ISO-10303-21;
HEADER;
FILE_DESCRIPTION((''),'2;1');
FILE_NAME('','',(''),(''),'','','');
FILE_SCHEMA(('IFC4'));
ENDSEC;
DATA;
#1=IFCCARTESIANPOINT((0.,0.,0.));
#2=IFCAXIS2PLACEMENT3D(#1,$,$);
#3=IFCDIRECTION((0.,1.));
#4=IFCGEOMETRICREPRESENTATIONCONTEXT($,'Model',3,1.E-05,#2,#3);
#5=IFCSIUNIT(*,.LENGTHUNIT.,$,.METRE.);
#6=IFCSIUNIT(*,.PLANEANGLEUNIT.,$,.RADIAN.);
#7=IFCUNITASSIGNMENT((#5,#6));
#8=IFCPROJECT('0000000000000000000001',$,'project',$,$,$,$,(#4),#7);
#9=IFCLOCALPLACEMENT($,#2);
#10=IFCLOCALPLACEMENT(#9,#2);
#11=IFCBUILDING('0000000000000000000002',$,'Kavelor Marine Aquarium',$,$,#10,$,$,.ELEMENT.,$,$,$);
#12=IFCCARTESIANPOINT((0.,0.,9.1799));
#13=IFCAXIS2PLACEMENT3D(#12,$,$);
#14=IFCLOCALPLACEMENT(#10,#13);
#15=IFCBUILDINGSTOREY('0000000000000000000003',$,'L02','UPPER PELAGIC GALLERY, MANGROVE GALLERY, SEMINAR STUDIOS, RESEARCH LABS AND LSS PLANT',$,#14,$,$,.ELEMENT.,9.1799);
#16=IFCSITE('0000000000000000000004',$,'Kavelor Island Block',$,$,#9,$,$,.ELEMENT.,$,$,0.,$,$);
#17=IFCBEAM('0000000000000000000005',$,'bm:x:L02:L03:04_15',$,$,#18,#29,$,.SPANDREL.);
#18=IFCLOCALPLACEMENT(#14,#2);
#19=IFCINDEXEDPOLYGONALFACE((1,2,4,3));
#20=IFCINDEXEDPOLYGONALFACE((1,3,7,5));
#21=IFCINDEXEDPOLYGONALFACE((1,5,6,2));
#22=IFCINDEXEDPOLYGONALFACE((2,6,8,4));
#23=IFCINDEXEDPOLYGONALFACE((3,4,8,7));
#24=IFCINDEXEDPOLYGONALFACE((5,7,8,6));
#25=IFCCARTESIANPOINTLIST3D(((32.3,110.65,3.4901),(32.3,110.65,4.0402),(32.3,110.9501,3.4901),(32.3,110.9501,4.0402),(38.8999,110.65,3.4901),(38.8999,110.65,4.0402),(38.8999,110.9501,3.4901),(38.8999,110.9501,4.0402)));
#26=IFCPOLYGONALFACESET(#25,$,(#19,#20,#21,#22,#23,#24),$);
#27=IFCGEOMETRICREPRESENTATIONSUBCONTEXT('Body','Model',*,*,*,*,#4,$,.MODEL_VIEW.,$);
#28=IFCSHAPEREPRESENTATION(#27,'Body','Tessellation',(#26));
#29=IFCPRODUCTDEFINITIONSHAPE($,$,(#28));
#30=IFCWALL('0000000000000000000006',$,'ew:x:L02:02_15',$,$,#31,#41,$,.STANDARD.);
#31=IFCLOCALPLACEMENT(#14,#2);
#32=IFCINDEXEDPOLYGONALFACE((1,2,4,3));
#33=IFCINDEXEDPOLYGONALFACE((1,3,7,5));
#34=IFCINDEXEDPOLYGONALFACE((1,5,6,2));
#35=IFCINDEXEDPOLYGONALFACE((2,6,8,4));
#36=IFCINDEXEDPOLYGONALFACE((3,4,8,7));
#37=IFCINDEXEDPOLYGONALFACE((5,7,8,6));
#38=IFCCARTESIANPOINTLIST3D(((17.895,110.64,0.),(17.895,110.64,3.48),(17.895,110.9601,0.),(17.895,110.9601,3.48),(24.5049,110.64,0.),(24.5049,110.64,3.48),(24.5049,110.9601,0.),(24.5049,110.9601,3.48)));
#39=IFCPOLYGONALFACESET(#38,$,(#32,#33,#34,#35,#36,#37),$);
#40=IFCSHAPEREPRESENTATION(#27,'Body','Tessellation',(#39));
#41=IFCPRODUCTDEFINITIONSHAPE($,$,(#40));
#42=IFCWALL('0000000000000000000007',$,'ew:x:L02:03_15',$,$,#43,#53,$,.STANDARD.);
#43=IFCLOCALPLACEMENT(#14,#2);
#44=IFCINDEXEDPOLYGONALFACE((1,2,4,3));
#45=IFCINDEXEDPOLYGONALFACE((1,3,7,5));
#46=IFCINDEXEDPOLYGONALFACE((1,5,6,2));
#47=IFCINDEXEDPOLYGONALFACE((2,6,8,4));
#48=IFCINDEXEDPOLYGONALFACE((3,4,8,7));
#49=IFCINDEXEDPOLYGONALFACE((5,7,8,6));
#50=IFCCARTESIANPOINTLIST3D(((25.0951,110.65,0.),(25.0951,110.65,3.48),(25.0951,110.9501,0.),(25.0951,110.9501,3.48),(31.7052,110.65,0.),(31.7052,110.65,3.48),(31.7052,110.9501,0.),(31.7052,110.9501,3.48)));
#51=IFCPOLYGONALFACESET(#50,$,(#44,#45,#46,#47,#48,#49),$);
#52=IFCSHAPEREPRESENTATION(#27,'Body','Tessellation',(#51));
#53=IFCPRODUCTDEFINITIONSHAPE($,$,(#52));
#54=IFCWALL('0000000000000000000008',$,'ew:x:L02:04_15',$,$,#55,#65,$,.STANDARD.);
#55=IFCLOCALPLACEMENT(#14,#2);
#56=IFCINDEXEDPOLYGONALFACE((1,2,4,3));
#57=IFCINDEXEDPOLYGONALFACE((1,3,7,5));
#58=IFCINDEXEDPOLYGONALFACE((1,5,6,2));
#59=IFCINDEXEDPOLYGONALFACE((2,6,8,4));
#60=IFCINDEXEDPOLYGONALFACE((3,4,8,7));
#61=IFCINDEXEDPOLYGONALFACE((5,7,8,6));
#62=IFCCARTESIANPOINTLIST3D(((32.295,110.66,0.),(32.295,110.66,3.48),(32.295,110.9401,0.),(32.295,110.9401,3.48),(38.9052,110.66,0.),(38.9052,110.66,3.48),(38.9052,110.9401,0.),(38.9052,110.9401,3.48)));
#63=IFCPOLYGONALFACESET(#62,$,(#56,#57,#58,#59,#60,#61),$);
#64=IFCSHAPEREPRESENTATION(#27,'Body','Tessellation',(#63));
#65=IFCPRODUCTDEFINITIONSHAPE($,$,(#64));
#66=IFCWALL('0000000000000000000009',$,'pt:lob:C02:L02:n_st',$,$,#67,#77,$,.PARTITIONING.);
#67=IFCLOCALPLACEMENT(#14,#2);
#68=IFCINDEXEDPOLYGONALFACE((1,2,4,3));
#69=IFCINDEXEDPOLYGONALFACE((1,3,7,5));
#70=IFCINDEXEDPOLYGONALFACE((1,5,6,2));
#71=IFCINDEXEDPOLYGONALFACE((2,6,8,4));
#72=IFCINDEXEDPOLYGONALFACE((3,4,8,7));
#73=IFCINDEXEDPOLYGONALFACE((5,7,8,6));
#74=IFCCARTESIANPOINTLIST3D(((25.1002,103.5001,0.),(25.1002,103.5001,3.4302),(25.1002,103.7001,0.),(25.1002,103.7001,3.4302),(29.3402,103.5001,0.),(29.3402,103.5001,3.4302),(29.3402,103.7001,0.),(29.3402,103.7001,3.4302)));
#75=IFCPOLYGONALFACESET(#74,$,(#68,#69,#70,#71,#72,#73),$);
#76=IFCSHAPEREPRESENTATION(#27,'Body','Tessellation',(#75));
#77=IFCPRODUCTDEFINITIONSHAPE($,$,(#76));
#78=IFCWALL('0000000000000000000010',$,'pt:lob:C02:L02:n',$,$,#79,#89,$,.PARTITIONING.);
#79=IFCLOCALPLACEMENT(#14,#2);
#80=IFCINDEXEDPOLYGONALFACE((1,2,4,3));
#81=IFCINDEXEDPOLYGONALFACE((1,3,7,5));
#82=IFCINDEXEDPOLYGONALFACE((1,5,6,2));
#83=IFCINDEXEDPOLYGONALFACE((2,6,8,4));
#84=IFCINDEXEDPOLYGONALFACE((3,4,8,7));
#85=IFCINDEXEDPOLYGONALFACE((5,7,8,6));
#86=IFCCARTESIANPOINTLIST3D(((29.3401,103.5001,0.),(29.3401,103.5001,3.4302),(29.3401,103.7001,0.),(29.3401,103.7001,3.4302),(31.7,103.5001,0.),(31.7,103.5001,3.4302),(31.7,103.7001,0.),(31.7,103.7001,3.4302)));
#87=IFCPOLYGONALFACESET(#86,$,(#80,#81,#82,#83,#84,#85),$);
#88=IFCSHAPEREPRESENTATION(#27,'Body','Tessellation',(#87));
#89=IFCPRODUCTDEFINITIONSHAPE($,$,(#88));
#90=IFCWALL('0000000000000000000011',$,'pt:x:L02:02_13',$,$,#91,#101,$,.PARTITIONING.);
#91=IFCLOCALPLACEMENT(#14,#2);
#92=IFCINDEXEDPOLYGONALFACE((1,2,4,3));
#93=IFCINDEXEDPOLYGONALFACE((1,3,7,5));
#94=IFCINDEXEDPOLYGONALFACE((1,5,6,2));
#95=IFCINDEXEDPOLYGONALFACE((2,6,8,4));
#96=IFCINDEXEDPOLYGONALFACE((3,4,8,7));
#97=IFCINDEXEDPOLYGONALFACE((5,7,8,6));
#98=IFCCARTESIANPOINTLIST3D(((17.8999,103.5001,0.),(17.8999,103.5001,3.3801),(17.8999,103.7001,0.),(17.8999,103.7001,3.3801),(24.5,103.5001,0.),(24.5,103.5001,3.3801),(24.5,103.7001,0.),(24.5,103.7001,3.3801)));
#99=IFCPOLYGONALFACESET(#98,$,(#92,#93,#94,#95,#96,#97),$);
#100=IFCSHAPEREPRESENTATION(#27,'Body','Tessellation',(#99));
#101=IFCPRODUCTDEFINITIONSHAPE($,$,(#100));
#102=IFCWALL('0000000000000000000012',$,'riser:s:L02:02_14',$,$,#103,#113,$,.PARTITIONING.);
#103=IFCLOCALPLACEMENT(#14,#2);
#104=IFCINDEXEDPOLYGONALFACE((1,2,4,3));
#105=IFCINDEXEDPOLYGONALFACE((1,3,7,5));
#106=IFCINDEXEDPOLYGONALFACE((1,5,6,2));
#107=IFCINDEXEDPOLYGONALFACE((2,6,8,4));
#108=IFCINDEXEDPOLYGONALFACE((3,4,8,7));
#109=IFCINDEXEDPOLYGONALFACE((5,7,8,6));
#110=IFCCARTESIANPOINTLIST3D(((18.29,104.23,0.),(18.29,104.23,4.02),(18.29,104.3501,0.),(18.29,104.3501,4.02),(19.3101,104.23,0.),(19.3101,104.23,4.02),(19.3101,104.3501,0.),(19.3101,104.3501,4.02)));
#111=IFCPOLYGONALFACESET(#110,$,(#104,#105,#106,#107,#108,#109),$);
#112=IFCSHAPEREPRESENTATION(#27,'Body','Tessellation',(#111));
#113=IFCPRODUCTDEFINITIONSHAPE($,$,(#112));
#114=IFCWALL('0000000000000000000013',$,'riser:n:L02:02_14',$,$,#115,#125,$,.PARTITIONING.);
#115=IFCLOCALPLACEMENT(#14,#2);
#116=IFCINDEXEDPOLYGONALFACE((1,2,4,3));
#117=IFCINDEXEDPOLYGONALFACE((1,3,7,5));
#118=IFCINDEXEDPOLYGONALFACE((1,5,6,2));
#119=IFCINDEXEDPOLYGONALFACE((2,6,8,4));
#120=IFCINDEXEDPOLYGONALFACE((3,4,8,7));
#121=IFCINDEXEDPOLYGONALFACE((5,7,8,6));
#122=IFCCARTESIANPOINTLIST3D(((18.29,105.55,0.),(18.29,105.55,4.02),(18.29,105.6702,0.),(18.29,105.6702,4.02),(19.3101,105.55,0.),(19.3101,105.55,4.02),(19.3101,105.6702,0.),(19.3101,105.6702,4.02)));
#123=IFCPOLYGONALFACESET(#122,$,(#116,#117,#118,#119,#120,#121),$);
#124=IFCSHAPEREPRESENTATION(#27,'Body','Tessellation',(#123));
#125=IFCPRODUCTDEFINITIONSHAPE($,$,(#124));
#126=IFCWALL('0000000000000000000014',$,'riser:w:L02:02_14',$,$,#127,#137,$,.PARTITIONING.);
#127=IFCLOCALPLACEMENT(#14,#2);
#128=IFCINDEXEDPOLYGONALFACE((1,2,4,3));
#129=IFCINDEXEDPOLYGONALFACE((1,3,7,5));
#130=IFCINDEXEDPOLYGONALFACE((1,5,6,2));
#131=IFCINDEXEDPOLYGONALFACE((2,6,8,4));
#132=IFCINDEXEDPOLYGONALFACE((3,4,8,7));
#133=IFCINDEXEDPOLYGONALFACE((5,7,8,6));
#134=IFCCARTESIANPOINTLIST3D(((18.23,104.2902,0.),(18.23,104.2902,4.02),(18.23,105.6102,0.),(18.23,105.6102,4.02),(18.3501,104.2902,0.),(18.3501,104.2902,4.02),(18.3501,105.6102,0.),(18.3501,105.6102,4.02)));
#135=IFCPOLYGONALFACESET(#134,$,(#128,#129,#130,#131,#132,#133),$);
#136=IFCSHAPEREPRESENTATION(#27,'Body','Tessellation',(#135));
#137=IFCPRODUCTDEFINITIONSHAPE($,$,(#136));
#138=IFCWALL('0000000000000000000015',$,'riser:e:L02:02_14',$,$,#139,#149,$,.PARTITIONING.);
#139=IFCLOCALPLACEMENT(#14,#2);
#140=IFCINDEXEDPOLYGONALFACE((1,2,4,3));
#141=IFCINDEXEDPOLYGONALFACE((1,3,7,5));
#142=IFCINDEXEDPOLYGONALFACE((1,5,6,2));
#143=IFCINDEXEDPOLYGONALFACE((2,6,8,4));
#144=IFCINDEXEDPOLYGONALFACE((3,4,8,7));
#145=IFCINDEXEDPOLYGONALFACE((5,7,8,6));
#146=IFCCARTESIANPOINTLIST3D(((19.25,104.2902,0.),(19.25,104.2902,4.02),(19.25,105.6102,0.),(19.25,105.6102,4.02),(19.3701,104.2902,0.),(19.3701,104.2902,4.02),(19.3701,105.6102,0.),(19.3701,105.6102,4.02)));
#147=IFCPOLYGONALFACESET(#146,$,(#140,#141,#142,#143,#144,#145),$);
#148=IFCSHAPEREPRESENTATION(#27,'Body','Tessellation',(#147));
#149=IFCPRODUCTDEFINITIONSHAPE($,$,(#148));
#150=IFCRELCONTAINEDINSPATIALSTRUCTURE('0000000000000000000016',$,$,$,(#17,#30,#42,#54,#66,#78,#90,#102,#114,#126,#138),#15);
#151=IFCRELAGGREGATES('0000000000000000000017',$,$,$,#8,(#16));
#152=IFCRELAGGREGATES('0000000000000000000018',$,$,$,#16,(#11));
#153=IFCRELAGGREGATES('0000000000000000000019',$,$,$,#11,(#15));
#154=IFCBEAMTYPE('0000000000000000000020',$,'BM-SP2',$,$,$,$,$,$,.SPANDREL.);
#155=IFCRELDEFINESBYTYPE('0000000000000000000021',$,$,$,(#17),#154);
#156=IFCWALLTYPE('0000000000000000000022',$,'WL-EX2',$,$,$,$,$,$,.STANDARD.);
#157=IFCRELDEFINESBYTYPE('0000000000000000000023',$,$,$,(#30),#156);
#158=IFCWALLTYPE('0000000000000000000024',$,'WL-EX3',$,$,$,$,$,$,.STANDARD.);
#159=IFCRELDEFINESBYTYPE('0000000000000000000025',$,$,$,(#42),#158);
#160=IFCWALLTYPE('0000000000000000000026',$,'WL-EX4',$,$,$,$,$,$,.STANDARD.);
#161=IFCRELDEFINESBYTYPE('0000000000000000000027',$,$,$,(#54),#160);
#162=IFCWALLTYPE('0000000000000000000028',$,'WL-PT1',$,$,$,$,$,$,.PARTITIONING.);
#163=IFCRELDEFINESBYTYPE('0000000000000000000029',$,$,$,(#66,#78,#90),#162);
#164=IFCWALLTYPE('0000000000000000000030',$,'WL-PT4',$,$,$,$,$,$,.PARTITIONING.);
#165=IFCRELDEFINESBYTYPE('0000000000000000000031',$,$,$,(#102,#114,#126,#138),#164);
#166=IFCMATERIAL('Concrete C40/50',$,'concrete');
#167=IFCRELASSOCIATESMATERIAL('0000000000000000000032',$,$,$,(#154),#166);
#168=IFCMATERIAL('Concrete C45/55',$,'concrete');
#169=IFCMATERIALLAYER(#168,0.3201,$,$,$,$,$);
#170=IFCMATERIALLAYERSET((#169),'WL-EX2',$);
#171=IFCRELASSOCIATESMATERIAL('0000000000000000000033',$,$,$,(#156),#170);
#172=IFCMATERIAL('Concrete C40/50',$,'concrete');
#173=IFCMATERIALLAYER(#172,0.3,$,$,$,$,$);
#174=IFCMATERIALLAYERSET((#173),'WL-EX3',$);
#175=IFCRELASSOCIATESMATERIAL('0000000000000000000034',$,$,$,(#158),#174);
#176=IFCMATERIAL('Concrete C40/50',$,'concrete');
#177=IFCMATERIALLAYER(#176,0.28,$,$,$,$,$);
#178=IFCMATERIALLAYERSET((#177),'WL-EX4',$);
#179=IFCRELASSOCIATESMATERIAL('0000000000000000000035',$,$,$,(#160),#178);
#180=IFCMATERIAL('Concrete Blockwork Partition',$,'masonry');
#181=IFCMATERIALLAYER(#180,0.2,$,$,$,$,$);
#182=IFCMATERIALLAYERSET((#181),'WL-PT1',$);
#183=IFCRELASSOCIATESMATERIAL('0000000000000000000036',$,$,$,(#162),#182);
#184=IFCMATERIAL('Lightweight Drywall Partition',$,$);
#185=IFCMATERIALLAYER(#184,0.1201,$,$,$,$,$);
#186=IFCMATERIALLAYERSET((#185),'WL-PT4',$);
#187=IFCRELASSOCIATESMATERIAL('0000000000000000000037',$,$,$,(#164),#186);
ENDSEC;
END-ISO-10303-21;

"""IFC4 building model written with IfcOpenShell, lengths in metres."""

from ifc_helpers import new_model, si_unit, direction, frame, frame_2d, origin, origin_2d, place, context, subcontext, project, spatial, rectangle, extrude, material, layer, layer_set, material_profile, profile_set, type_object, element, save


model = new_model("IFC4")

# Units and contexts
model_context = context("Model", 3, precision=1e-05, world=origin(), true_north=direction((0.0, 1.0)))
body_context = subcontext(model_context, "Body", "Model", "MODEL_VIEW")
ifc_project = project(units=[si_unit("LENGTHUNIT", "METRE"), si_unit("PLANEANGLEUNIT", "RADIAN")], contexts=[model_context])

# Site, building, storey
site_placement = place(None, origin())
site = spatial("IfcSite", under=ifc_project, at=site_placement, Name="Kavelor Island Block", CompositionType="ELEMENT", RefElevation=0.0)
building_placement = place(site_placement, origin())
building = spatial("IfcBuilding", under=site, at=building_placement, Name="Kavelor Marine Aquarium", CompositionType="ELEMENT")
storey_placement = place(building_placement, frame((0.0, 0.0, 9.1799)))
storey = spatial("IfcBuildingStorey", under=building, at=storey_placement, Name="L02", Description="UPPER PELAGIC GALLERY, MANGROVE GALLERY, SEMINAR STUDIOS, RESEARCH LABS AND LSS PLANT", CompositionType="ELEMENT", Elevation=9.1799)

# Beam
ifc_material_1 = material(Name="Concrete C40/50", Category="concrete")
ifc_material_profile_1 = material_profile(ifc_material_1, rectangle(XDim=0.3, YDim=0.55, at=origin_2d()), Name="RC-SP 300x550")
ifc_profile_set_1 = profile_set([ifc_material_profile_1], Name="Concrete C40/50")
beam_type_1 = type_object("IfcBeamType", Name="BM-SP2", PredefinedType="SPANDREL", material=ifc_profile_set_1)
for number, where, z_axis, x_axis, name in (
    (1, (32.3, 110.8, 3.7651), (1.0, 0.0, 0.0), (0.0, 1.0, 0.0), "bm:x:L02:L03:04_15"),
):
    element("IfcBeam", number, at=place(storey_placement, frame(where, z_axis=z_axis, x_axis=x_axis)), inside=storey, type_object=beam_type_1, Name=name, PredefinedType="SPANDREL", context=body_context, shape_type="SweptSolid", body=[
        extrude(rectangle(XDim=0.3, YDim=0.55, at=origin_2d()), origin(), (0.0, 0.0, 1.0), 6.5999),
    ])

# Walls
ifc_material_2 = material(Name="Concrete C45/55", Category="concrete")
ifc_layer_1 = layer(ifc_material_2, 0.3201)
ifc_layer_set_1 = layer_set([ifc_layer_1], Name="WL-EX2")
wall_type_1 = type_object("IfcWallType", Name="WL-EX2", PredefinedType="STANDARD", material=ifc_layer_set_1)
wall_1_placement = place(storey_placement, frame((17.895, 110.8, 0.0), z_axis=(0.0, 0.0, 1.0), x_axis=(1.0, 0.0, 0.0)))
element("IfcWall", 2, at=wall_1_placement, inside=storey, type_object=wall_type_1, Name="ew:x:L02:02_15", PredefinedType="STANDARD", context=body_context, shape_type="SweptSolid", body=[
    extrude(rectangle(XDim=6.6099, YDim=0.3201, at=frame_2d((3.3049, 0.0))), origin(), (0.0, 0.0, 1.0), 3.48),
])
ifc_material_3 = material(Name="Concrete C40/50", Category="concrete")
ifc_layer_2 = layer(ifc_material_3, 0.3)
ifc_layer_set_2 = layer_set([ifc_layer_2], Name="WL-EX3")
wall_type_2 = type_object("IfcWallType", Name="WL-EX3", PredefinedType="STANDARD", material=ifc_layer_set_2)
wall_2_placement = place(storey_placement, frame((25.095, 110.8, 0.0), z_axis=(0.0, 0.0, 1.0), x_axis=(1.0, 0.0, 0.0)))
element("IfcWall", 3, at=wall_2_placement, inside=storey, type_object=wall_type_2, Name="ew:x:L02:03_15", PredefinedType="STANDARD", context=body_context, shape_type="SweptSolid", body=[
    extrude(rectangle(XDim=6.6101, YDim=0.3, at=frame_2d((3.3052, 0.0))), origin(), (0.0, 0.0, 1.0), 3.48),
])
ifc_material_4 = material(Name="Concrete C40/50", Category="concrete")
ifc_layer_3 = layer(ifc_material_4, 0.28)
ifc_layer_set_3 = layer_set([ifc_layer_3], Name="WL-EX4")
wall_type_3 = type_object("IfcWallType", Name="WL-EX4", PredefinedType="STANDARD", material=ifc_layer_set_3)
wall_3_placement = place(storey_placement, frame((32.2949, 110.8, 0.0), z_axis=(0.0, 0.0, 1.0), x_axis=(1.0, 0.0, 0.0)))
element("IfcWall", 4, at=wall_3_placement, inside=storey, type_object=wall_type_3, Name="ew:x:L02:04_15", PredefinedType="STANDARD", context=body_context, shape_type="SweptSolid", body=[
    extrude(rectangle(XDim=6.6101, YDim=0.28, at=frame_2d((3.3052, 0.0))), origin(), (0.0, 0.0, 1.0), 3.48),
])
ifc_material_5 = material(Name="Concrete Blockwork Partition", Category="masonry")
ifc_layer_4 = layer(ifc_material_5, 0.2)
ifc_layer_set_4 = layer_set([ifc_layer_4], Name="WL-PT1")
wall_type_4 = type_object("IfcWallType", Name="WL-PT1", PredefinedType="PARTITIONING", material=ifc_layer_set_4)
wall_4_placement = place(storey_placement, frame((25.1001, 103.6001, 0.0), z_axis=(0.0, 0.0, 1.0), x_axis=(1.0, 0.0, 0.0)))
element("IfcWall", 5, at=wall_4_placement, inside=storey, type_object=wall_type_4, Name="pt:lob:C02:L02:n_st", PredefinedType="PARTITIONING", context=body_context, shape_type="SweptSolid", body=[
    extrude(rectangle(XDim=4.24, YDim=0.2, at=frame_2d((2.1201, 0.0))), origin(), (0.0, 0.0, 1.0), 3.4302),
])
wall_5_placement = place(storey_placement, frame((29.3401, 103.6001, 0.0), z_axis=(0.0, 0.0, 1.0), x_axis=(1.0, 0.0, 0.0)))
element("IfcWall", 6, at=wall_5_placement, inside=storey, type_object=wall_type_4, Name="pt:lob:C02:L02:n", PredefinedType="PARTITIONING", context=body_context, shape_type="SweptSolid", body=[
    extrude(rectangle(XDim=2.3599, YDim=0.2, at=frame_2d((1.1799, 0.0))), origin(), (0.0, 0.0, 1.0), 3.4302),
])
wall_6_placement = place(storey_placement, frame((17.8999, 103.6001, 0.0), z_axis=(0.0, 0.0, 1.0), x_axis=(1.0, 0.0, 0.0)))
element("IfcWall", 7, at=wall_6_placement, inside=storey, type_object=wall_type_4, Name="pt:x:L02:02_13", PredefinedType="PARTITIONING", context=body_context, shape_type="SweptSolid", body=[
    extrude(rectangle(XDim=6.6001, YDim=0.2, at=frame_2d((3.3, 0.0))), origin(), (0.0, 0.0, 1.0), 3.3801),
])
ifc_material_6 = material(Name="Lightweight Drywall Partition")
ifc_layer_5 = layer(ifc_material_6, 0.1201)
ifc_layer_set_5 = layer_set([ifc_layer_5], Name="WL-PT4")
wall_type_5 = type_object("IfcWallType", Name="WL-PT4", PredefinedType="PARTITIONING", material=ifc_layer_set_5)
for number, where, z_axis, x_axis, name in (
    (8, (18.29, 104.29, 0.0), (0.0, 0.0, 1.0), (1.0, 0.0, 0.0), "riser:s:L02:02_14"),
    (9, (18.29, 105.6101, 0.0), (0.0, 0.0, 1.0), (1.0, 0.0, 0.0), "riser:n:L02:02_14"),
):
    element("IfcWall", number, at=place(storey_placement, frame(where, z_axis=z_axis, x_axis=x_axis)), inside=storey, type_object=wall_type_5, Name=name, PredefinedType="PARTITIONING", context=body_context, shape_type="SweptSolid", body=[
        extrude(rectangle(XDim=1.02, YDim=0.1201, at=frame_2d((0.51, 0.0))), origin(), (0.0, 0.0, 1.0), 4.02),
    ])
for number, where, z_axis, x_axis, name in (
    (10, (18.29, 104.29, 0.0), (0.0, 0.0, 1.0), (0.0, 1.0, 0.0), "riser:w:L02:02_14"),
    (11, (19.3101, 104.29, 0.0), (0.0, 0.0, 1.0), (0.0, 1.0, 0.0), "riser:e:L02:02_14"),
):
    element("IfcWall", number, at=place(storey_placement, frame(where, z_axis=z_axis, x_axis=x_axis)), inside=storey, type_object=wall_type_5, Name=name, PredefinedType="PARTITIONING", context=body_context, shape_type="SweptSolid", body=[
        extrude(rectangle(XDim=1.3201, YDim=0.1201, at=frame_2d((0.6602, 0.0))), origin(), (0.0, 0.0, 1.0), 4.02),
    ])

save(model, "model.ifc")
